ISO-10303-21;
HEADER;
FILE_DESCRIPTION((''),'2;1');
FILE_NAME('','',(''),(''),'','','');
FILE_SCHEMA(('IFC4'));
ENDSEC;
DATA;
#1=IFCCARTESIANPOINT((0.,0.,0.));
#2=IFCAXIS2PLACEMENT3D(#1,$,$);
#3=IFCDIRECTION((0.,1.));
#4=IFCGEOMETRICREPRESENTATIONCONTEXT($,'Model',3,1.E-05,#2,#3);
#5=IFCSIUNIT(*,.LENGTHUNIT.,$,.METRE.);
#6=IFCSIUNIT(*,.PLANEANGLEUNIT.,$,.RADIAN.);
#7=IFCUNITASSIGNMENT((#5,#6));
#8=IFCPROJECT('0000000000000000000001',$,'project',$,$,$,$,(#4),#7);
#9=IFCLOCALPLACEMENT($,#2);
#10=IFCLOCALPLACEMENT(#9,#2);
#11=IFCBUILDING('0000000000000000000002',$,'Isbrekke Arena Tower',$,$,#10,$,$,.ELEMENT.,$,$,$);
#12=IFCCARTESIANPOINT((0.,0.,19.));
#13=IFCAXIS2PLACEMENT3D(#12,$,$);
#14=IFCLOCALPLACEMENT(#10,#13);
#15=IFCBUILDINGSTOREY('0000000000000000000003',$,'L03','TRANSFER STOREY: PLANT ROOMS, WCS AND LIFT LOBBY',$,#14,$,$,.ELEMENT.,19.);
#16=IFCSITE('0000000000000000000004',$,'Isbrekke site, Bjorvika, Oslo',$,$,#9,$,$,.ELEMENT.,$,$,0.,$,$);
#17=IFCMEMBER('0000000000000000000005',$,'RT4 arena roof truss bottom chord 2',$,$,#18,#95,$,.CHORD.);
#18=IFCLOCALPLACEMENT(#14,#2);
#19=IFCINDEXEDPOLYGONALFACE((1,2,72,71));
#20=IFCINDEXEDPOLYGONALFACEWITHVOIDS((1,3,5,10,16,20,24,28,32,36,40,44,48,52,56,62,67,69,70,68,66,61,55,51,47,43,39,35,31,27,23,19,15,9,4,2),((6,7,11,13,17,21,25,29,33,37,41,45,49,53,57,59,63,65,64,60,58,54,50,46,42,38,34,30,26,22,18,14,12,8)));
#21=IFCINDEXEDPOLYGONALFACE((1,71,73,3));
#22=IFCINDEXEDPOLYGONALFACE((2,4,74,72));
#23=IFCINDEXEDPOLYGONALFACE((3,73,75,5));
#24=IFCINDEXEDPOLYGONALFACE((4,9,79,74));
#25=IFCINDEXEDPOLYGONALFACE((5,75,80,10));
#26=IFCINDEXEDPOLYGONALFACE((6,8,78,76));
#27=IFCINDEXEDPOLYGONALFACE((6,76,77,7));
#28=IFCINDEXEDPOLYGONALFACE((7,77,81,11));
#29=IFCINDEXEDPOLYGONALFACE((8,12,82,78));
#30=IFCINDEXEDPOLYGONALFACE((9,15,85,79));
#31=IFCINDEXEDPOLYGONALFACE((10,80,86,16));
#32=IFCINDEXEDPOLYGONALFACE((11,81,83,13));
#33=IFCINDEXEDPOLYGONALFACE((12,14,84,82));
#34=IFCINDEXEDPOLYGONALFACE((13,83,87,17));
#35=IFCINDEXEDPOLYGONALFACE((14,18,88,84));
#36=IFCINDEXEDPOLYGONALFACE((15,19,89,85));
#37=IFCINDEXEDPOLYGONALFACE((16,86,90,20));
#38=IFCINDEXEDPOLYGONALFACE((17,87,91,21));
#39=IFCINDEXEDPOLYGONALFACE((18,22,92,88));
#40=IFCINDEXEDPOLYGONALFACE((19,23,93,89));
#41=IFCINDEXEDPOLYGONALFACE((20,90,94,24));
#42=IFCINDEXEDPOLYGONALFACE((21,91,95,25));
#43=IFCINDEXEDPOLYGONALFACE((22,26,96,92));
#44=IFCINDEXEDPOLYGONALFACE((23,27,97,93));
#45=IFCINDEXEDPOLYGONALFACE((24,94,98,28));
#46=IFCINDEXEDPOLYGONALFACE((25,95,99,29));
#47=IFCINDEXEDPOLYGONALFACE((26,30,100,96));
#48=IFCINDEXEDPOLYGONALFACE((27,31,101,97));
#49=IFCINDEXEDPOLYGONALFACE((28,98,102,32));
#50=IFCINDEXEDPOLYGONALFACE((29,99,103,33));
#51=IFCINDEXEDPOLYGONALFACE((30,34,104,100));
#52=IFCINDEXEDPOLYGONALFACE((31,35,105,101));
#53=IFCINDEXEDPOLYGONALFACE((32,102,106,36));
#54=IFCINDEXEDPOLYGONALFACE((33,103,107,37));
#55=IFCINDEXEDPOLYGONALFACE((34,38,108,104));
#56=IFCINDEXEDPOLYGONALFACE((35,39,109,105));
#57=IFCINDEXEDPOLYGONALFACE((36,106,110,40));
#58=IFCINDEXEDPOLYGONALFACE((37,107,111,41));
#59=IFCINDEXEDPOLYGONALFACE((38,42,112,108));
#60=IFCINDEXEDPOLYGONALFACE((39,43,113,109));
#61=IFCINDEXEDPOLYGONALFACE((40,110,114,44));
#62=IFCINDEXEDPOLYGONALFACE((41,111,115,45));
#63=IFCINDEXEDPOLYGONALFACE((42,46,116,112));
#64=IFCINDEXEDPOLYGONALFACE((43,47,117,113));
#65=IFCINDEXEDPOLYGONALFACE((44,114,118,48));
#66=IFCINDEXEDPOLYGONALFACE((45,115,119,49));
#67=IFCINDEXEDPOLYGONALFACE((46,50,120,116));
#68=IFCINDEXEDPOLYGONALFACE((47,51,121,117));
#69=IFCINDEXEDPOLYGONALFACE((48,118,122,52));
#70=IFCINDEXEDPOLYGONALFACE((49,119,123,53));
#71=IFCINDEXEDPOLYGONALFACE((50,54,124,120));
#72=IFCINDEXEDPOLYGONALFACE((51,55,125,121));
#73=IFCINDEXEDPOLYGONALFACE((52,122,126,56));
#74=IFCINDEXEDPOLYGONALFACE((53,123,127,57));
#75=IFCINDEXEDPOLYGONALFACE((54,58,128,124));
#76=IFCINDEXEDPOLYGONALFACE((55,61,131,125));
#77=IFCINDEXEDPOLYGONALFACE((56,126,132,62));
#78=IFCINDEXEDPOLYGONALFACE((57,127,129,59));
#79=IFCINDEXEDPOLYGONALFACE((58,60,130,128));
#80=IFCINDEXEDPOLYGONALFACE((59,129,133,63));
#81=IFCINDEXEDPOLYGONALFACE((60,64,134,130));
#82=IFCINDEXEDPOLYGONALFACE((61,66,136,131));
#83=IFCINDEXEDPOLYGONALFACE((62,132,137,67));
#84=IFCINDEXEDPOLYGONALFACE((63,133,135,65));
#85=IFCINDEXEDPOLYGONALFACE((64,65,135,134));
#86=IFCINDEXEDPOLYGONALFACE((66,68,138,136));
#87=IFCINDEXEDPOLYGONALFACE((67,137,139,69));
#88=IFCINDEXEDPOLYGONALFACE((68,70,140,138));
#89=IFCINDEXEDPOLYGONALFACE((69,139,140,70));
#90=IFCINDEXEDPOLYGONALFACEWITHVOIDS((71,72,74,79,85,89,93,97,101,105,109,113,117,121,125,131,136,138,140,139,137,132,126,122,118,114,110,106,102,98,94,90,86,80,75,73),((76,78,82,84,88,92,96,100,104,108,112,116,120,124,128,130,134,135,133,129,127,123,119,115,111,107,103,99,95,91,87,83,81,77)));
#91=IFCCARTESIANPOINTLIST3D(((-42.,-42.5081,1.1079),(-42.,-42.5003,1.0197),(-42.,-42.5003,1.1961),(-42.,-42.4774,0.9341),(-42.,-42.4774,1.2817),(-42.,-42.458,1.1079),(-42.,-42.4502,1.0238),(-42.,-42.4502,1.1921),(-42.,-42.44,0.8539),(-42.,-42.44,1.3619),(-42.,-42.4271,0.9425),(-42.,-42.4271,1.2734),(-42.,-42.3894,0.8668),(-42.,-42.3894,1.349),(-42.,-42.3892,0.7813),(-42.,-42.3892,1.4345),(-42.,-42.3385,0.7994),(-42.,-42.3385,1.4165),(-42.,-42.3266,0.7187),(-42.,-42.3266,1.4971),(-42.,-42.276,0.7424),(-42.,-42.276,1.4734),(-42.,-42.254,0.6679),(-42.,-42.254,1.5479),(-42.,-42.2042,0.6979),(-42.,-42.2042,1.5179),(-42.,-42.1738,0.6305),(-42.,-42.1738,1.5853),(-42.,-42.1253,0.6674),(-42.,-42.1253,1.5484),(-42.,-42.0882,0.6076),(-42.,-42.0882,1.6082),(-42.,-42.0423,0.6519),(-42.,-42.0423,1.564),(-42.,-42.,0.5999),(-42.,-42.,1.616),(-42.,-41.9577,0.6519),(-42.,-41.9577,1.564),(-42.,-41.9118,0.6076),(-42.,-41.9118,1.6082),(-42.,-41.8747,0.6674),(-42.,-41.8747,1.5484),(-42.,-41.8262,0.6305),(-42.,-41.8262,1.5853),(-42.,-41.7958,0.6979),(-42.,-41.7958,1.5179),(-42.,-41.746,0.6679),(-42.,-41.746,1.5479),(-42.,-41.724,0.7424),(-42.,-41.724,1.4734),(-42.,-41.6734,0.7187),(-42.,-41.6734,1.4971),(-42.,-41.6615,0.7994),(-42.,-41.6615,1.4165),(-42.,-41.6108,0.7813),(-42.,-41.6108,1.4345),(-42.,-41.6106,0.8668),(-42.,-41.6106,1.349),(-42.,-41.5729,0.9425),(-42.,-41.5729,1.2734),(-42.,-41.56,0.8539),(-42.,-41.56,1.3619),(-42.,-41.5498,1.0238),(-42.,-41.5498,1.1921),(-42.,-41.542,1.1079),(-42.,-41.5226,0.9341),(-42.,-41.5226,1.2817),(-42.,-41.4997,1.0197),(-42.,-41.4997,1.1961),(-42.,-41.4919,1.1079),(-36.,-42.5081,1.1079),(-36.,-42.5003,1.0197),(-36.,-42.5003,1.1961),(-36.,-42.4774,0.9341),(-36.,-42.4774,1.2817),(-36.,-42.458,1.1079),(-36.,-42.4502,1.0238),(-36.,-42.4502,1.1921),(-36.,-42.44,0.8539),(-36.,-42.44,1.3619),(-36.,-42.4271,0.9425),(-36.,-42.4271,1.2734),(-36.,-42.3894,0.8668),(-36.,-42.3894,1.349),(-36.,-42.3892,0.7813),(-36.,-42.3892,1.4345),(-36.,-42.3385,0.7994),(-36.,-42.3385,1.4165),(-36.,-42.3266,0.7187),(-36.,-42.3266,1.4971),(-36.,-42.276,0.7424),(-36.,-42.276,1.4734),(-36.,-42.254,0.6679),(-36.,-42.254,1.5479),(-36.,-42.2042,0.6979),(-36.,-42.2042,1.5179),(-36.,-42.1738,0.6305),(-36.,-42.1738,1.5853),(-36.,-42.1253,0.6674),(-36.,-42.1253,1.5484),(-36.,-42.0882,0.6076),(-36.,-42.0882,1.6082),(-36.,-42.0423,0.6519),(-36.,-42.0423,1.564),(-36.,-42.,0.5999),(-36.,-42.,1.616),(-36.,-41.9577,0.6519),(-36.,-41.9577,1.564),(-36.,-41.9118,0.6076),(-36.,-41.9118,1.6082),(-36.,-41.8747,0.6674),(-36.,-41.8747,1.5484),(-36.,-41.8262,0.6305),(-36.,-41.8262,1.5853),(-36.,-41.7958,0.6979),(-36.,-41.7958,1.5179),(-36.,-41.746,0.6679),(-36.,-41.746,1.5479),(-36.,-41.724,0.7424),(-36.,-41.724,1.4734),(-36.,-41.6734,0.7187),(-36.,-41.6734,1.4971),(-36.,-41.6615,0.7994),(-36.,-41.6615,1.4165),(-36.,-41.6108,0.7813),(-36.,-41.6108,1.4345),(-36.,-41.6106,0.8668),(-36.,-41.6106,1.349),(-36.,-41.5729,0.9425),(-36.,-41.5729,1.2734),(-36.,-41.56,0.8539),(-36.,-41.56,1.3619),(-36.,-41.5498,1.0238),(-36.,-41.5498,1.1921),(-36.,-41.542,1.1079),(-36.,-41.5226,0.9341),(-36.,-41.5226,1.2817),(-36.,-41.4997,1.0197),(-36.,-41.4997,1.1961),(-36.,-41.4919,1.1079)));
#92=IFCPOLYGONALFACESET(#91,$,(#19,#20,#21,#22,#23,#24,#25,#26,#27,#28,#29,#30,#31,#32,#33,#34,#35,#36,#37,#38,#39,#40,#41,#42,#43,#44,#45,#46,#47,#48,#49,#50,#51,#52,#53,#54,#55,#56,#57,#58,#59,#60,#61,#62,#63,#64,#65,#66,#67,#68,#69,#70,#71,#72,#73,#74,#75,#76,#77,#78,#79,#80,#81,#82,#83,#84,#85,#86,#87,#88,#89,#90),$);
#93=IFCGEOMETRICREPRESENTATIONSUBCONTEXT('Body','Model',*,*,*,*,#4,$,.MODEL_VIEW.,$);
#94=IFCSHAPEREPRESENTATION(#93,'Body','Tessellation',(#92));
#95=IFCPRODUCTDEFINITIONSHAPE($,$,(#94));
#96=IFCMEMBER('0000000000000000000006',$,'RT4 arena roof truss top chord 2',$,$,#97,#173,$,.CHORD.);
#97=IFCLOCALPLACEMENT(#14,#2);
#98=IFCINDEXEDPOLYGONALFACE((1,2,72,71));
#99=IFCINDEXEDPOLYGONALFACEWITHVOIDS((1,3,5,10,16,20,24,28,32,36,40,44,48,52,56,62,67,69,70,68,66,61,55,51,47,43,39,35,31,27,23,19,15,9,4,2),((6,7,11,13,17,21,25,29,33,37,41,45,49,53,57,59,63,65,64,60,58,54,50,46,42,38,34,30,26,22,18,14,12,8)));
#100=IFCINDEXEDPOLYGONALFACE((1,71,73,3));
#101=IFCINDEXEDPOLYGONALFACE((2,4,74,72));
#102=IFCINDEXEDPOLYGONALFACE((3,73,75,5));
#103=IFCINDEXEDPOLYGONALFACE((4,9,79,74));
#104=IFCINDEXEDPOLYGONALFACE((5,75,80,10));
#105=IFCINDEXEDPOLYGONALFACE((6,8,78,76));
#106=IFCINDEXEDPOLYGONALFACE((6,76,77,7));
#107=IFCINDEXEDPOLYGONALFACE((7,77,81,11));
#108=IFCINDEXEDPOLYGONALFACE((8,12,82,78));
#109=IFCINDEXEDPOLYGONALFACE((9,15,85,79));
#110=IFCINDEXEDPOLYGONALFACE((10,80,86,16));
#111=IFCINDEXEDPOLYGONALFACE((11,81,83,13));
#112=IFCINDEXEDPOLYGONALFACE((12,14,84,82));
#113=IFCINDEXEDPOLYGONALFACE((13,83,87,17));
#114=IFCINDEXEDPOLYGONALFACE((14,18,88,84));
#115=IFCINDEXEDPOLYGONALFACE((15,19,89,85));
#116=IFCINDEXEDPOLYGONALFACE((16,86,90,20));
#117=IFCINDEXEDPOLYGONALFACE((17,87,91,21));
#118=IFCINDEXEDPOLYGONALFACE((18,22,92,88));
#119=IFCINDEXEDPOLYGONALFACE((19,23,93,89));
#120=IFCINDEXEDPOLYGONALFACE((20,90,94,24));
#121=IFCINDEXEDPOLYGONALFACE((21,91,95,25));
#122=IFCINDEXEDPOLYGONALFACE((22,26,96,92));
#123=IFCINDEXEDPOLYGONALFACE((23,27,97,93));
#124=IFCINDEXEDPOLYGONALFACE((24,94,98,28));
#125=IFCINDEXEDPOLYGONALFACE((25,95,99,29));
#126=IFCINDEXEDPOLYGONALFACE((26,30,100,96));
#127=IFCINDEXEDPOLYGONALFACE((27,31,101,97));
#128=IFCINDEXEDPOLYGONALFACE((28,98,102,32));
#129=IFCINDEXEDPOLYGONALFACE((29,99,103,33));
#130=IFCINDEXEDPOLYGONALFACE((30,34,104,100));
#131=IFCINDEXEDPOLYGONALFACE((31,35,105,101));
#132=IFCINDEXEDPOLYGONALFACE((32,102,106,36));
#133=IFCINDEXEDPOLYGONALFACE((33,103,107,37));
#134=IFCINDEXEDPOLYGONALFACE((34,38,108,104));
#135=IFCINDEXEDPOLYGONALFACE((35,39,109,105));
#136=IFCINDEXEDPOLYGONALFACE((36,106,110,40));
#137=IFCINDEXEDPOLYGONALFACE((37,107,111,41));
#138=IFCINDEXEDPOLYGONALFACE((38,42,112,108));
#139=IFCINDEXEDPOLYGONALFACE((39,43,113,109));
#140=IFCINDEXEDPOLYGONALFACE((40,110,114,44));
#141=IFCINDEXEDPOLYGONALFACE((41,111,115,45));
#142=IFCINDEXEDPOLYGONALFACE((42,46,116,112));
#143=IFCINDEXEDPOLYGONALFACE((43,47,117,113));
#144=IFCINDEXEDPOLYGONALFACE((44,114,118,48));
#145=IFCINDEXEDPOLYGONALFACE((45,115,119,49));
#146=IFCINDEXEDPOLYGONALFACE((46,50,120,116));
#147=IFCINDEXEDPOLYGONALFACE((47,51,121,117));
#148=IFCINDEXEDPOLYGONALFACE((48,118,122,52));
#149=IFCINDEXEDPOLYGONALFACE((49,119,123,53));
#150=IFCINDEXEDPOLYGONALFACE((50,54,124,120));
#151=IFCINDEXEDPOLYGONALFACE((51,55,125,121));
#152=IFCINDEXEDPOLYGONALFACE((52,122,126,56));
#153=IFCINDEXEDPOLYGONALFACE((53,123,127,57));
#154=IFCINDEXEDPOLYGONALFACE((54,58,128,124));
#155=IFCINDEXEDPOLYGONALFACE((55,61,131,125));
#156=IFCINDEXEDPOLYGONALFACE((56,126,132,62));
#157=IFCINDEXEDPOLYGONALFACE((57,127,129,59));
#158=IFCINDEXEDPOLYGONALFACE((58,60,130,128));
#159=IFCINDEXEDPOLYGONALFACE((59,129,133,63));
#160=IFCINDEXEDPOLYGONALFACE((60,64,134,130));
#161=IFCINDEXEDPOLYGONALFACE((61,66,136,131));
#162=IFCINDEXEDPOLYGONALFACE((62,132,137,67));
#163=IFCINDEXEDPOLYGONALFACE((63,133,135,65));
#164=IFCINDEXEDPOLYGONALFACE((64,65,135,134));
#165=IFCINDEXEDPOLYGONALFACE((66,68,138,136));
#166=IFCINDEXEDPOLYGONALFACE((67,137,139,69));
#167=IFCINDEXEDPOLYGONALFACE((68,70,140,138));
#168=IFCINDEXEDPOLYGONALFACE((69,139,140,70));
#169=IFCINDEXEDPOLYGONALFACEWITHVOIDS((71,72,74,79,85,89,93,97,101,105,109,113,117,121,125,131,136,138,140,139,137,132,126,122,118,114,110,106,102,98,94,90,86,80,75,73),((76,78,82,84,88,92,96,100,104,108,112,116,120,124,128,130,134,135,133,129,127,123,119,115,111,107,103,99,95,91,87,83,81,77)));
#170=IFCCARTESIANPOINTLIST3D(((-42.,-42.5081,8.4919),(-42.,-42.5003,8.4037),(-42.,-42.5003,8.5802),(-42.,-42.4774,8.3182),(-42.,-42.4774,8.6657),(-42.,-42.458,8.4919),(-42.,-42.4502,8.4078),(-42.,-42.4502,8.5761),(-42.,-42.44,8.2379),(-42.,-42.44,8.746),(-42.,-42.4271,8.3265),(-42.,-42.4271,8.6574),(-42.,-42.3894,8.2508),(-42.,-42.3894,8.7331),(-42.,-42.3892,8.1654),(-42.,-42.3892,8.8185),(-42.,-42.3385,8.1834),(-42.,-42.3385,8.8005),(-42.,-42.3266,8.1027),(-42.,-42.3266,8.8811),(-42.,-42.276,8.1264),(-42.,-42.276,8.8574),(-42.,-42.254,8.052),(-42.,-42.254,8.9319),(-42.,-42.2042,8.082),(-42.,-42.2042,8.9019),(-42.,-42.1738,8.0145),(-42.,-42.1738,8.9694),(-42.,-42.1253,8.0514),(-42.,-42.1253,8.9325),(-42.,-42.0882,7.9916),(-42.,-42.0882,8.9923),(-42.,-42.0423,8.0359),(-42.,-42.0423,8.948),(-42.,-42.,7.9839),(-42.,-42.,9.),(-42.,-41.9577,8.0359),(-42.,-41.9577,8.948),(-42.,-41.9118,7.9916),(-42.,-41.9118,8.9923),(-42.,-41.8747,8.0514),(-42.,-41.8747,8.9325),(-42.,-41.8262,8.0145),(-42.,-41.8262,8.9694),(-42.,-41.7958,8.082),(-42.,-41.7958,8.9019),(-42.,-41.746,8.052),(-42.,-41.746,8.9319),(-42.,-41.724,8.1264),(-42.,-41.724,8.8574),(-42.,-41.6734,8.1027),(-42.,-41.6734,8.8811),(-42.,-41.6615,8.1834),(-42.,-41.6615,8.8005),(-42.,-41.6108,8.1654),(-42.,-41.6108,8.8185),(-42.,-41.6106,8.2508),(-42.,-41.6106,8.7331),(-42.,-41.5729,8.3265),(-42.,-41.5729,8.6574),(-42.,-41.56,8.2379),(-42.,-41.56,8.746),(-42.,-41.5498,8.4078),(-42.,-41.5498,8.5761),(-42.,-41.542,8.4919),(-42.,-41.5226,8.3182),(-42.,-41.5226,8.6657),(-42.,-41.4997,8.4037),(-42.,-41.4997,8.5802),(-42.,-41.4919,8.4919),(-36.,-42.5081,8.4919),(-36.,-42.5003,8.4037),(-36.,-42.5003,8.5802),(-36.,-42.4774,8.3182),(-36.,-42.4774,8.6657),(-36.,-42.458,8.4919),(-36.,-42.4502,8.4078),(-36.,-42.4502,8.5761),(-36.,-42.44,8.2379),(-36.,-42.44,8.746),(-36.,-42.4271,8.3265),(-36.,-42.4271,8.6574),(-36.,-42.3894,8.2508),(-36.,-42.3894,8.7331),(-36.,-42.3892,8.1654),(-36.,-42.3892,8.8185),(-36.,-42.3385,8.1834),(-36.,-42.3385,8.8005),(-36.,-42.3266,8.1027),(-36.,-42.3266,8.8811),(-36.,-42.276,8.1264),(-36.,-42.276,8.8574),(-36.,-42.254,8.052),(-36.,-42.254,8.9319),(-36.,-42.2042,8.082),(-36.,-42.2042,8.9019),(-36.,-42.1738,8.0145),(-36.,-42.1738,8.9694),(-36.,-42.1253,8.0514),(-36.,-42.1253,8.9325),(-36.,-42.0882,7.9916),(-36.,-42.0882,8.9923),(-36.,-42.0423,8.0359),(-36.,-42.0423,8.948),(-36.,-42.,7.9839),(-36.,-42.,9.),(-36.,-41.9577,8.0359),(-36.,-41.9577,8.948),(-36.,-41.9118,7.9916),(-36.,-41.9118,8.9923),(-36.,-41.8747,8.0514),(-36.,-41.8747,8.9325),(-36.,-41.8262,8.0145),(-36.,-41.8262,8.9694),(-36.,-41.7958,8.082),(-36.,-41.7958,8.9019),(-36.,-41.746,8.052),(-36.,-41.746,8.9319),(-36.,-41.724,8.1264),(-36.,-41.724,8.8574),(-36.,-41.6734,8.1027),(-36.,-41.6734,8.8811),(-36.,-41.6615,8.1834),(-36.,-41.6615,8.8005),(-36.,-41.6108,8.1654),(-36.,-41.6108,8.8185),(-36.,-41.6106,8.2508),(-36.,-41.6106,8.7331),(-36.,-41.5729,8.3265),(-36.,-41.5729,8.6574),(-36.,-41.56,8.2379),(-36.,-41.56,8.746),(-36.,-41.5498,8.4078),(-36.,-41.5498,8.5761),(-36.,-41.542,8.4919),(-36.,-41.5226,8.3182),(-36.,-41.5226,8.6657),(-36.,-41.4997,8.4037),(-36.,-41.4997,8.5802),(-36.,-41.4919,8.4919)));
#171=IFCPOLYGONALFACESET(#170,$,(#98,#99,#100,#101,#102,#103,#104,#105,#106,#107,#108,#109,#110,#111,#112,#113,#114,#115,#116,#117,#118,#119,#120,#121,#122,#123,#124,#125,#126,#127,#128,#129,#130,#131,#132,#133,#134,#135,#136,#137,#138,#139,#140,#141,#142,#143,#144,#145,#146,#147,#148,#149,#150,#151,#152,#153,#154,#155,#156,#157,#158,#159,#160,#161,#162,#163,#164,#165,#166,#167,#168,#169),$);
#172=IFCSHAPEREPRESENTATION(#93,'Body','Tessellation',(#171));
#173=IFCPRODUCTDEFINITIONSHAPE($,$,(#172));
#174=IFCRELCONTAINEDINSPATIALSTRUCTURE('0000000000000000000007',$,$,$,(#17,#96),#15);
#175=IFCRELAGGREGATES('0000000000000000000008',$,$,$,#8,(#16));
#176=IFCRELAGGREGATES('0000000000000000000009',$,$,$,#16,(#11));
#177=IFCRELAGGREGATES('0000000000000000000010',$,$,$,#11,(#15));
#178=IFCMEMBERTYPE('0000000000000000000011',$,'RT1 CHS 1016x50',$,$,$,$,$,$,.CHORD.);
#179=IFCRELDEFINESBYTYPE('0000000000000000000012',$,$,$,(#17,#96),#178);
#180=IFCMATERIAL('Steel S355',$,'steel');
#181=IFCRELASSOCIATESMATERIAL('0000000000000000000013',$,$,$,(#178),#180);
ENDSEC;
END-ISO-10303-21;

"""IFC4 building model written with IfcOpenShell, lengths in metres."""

from ifc_helpers import new_model, si_unit, direction, frame, origin, origin_2d, place, context, subcontext, project, spatial, hollow_circle, extrude, material, material_profile, profile_set, type_object, element, save


model = new_model("IFC4")

# Units and contexts
model_context = context("Model", 3, precision=1e-05, world=origin(), true_north=direction((0.0, 1.0)))
body_context = subcontext(model_context, "Body", "Model", "MODEL_VIEW")
ifc_project = project(units=[si_unit("LENGTHUNIT", "METRE"), si_unit("PLANEANGLEUNIT", "RADIAN")], contexts=[model_context])

# Site, building, storey
site_placement = place(None, origin())
site = spatial("IfcSite", under=ifc_project, at=site_placement, Name="Isbrekke site, Bjorvika, Oslo", CompositionType="ELEMENT", RefElevation=0.0)
building_placement = place(site_placement, origin())
building = spatial("IfcBuilding", under=site, at=building_placement, Name="Isbrekke Arena Tower", CompositionType="ELEMENT")
storey_placement = place(building_placement, frame((0.0, 0.0, 19.0)))
storey = spatial("IfcBuildingStorey", under=building, at=storey_placement, Name="L03", Description="TRANSFER STOREY: PLANT ROOMS, WCS AND LIFT LOBBY", CompositionType="ELEMENT", Elevation=19.0)

# Members
ifc_material_1 = material(Name="Steel S355", Category="steel")
ifc_material_profile_1 = material_profile(ifc_material_1, hollow_circle(Radius=0.5081, WallThickness=0.05, at=origin_2d()), Name="CHS 1016x50")
ifc_profile_set_1 = profile_set([ifc_material_profile_1], Name="Steel S355")
member_type_1 = type_object("IfcMemberType", Name="RT1 CHS 1016x50", PredefinedType="CHORD", material=ifc_profile_set_1)
for number, where, z_axis, x_axis, name in (
    (1, (-42.0, -42.0, 1.1079), (1.0, 0.0, 0.0), (0.0, 1.0, 0.0), "RT4 arena roof truss bottom chord 2"),
    (2, (-42.0, -42.0, 8.4919), (1.0, 0.0, 0.0), (0.0, 1.0, 0.0), "RT4 arena roof truss top chord 2"),
):
    element("IfcMember", number, at=place(storey_placement, frame(where, z_axis=z_axis, x_axis=x_axis)), inside=storey, type_object=member_type_1, Name=name, PredefinedType="CHORD", context=body_context, shape_type="SweptSolid", body=[
        extrude(hollow_circle(Radius=0.5081, WallThickness=0.05, at=origin_2d()), origin(), (0.0, 0.0, 1.0), 6.0),
    ])

save(model, "model.ifc")
